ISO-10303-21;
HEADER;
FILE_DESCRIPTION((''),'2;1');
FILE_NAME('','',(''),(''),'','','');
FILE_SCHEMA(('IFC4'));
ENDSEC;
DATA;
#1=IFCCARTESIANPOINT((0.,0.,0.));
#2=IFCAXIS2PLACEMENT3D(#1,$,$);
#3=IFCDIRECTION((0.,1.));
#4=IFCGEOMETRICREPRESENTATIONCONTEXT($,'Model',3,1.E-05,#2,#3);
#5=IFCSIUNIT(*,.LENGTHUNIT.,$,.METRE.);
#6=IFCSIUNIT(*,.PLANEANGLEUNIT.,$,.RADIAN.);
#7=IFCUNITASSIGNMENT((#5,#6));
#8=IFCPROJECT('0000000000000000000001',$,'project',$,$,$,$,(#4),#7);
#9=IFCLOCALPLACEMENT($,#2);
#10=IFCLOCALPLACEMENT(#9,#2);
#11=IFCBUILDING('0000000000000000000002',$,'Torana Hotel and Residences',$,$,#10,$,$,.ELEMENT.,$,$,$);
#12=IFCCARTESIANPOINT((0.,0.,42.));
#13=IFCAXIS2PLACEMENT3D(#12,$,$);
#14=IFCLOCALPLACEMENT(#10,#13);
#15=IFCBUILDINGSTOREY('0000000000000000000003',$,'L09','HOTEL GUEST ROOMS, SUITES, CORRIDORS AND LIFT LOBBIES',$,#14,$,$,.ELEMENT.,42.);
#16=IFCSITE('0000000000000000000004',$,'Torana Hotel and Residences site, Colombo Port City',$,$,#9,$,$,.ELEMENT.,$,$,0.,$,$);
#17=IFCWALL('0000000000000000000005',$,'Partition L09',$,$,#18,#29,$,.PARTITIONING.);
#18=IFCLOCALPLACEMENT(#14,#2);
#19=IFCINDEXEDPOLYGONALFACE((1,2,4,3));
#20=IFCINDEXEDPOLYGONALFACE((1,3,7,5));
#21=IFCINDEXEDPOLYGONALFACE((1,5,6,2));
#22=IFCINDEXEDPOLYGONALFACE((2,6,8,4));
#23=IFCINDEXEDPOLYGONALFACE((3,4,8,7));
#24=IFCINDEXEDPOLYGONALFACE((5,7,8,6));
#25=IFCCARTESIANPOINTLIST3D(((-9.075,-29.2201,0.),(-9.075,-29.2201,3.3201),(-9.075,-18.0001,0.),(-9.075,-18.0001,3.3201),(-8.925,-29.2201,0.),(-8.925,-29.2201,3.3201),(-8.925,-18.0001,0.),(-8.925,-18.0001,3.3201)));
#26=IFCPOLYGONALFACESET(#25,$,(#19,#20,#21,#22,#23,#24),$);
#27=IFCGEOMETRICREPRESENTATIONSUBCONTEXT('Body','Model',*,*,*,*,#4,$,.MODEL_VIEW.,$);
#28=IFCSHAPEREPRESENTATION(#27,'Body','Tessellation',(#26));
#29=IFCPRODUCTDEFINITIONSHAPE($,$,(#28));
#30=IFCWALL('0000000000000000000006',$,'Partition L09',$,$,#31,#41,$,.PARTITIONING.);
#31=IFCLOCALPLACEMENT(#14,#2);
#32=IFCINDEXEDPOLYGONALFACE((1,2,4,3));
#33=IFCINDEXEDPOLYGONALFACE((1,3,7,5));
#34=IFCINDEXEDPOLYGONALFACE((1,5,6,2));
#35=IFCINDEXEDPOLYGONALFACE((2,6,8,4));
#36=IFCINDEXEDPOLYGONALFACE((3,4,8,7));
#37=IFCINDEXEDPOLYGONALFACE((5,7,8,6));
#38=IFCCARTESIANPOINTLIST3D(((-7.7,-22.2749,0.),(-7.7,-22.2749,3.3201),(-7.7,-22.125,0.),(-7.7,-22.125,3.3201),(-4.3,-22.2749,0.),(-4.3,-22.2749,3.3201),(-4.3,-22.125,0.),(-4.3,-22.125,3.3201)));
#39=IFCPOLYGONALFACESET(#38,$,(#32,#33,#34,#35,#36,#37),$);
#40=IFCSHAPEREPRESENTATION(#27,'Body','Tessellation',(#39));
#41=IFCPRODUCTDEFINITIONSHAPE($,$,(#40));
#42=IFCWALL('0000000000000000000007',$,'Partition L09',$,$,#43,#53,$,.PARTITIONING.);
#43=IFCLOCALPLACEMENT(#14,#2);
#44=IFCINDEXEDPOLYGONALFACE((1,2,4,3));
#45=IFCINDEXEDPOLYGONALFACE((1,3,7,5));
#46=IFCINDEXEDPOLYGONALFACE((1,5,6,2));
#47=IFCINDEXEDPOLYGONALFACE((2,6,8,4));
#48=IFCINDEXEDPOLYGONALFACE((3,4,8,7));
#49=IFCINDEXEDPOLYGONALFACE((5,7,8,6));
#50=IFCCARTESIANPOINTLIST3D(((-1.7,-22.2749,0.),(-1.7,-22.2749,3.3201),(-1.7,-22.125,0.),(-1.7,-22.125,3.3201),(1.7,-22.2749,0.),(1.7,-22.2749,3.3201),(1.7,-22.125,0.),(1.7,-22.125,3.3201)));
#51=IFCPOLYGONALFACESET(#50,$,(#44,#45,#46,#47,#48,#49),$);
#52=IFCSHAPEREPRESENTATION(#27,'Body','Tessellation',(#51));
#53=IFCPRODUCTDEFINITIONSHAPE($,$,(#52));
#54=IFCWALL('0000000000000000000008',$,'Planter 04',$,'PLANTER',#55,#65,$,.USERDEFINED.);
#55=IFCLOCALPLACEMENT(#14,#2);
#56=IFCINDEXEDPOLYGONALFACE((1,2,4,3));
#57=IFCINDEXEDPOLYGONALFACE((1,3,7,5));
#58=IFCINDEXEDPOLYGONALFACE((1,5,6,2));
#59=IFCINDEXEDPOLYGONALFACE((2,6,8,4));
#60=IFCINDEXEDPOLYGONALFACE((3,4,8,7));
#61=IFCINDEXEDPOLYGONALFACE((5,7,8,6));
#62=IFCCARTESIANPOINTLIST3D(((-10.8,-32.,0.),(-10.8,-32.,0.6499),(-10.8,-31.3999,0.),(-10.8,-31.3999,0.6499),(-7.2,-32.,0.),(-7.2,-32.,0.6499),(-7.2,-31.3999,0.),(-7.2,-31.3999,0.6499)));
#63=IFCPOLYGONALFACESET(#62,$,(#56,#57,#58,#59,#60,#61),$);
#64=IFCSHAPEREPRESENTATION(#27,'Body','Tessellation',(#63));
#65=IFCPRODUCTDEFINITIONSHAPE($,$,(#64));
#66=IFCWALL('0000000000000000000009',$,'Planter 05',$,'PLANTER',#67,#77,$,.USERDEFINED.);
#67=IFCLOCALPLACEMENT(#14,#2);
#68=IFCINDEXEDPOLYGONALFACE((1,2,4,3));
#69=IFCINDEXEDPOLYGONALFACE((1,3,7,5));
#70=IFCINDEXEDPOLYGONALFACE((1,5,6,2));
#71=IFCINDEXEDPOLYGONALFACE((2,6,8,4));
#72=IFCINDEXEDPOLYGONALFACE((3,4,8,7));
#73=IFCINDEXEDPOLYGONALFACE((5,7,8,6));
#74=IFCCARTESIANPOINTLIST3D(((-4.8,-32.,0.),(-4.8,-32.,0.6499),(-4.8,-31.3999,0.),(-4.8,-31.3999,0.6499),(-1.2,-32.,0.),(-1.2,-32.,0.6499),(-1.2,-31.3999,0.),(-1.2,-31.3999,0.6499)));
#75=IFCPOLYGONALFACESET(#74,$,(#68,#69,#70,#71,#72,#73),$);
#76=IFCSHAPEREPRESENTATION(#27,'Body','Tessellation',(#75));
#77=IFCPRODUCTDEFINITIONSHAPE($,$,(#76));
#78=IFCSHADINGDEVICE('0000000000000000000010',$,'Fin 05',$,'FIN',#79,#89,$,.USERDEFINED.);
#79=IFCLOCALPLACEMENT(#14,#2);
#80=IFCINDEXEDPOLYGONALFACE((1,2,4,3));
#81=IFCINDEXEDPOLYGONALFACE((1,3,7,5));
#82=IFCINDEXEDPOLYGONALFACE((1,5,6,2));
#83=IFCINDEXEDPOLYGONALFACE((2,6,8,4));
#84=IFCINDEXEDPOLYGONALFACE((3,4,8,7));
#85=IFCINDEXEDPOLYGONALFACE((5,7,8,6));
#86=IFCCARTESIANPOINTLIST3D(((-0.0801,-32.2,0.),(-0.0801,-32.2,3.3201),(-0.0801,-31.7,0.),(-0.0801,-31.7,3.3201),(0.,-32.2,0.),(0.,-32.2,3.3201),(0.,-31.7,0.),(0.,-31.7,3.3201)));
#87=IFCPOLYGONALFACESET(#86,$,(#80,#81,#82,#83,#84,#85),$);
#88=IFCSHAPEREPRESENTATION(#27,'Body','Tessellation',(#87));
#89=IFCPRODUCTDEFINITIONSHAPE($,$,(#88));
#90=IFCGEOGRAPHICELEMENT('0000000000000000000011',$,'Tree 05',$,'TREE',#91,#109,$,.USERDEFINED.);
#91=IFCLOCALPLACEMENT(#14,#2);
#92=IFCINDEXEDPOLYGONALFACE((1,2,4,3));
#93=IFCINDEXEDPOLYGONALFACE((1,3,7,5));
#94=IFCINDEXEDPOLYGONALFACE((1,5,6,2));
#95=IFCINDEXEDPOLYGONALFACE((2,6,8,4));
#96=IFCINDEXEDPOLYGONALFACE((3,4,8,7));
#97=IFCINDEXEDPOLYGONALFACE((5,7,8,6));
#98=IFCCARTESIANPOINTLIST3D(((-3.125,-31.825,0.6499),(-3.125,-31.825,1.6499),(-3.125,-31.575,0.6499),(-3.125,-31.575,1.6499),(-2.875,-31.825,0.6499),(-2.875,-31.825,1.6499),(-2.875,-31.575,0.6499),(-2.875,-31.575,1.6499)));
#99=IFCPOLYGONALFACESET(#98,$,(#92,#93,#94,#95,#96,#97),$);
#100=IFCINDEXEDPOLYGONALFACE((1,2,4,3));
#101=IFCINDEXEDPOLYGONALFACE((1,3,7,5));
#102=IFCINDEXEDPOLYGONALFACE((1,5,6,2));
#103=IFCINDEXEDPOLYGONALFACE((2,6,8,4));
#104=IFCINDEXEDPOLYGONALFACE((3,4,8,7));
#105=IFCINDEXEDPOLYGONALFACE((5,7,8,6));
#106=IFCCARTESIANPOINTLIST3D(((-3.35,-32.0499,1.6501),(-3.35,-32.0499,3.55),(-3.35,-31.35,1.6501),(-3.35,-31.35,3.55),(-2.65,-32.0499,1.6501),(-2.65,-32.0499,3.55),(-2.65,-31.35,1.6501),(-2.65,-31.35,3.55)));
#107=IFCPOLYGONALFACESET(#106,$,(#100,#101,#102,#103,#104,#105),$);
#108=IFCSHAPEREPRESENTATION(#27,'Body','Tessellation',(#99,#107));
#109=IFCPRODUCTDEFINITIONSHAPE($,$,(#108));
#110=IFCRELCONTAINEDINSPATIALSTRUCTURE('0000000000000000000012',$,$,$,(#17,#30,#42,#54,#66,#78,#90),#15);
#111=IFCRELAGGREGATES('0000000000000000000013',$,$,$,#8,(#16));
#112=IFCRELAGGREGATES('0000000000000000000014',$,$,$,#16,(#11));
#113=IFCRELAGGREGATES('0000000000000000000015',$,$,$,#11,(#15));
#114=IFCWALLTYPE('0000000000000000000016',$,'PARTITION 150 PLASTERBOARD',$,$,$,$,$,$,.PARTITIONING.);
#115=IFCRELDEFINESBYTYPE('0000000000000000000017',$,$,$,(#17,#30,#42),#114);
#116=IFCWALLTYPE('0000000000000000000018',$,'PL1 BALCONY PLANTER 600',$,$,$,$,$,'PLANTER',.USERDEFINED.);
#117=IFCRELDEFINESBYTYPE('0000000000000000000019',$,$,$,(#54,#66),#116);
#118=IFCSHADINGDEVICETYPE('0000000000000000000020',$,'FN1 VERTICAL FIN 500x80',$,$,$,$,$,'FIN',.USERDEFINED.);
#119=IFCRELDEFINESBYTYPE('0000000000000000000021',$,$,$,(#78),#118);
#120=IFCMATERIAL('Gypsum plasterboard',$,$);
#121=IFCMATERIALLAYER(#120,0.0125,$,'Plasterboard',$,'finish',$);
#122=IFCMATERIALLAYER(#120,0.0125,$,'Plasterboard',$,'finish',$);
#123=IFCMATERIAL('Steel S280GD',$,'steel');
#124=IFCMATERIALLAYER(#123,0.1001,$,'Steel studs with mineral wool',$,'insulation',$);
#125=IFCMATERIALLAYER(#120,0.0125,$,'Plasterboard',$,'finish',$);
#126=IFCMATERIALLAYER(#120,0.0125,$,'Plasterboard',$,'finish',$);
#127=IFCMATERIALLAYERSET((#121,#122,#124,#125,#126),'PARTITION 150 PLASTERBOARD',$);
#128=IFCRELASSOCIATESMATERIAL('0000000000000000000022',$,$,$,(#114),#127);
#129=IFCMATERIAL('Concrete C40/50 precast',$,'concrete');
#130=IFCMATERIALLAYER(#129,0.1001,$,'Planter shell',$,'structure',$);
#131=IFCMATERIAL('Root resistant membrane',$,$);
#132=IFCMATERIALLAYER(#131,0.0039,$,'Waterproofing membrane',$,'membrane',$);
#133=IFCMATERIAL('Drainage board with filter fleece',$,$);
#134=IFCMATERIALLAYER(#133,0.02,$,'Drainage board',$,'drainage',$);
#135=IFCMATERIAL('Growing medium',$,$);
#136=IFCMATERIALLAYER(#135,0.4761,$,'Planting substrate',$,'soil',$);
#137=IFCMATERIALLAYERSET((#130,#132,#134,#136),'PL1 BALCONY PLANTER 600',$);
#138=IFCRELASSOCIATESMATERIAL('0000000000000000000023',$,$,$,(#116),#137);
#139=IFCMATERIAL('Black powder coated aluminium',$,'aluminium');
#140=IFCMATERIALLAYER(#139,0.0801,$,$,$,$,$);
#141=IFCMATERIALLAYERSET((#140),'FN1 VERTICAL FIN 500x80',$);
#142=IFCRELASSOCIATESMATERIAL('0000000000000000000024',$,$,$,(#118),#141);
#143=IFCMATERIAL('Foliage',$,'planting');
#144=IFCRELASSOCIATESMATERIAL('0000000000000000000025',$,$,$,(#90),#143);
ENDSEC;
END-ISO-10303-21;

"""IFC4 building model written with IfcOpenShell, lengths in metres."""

from ifc_helpers import new_model, si_unit, direction, frame, frame_2d, origin, origin_2d, place, context, subcontext, project, spatial, rectangle, extrude, material, layer, layer_set, type_object, element, save


model = new_model("IFC4")

# Units and contexts
model_context = context("Model", 3, precision=1e-05, world=origin(), true_north=direction((0.0, 1.0)))
body_context = subcontext(model_context, "Body", "Model", "MODEL_VIEW")
ifc_project = project(units=[si_unit("LENGTHUNIT", "METRE"), si_unit("PLANEANGLEUNIT", "RADIAN")], contexts=[model_context])

# Site, building, storey
site_placement = place(None, origin())
site = spatial("IfcSite", under=ifc_project, at=site_placement, Name="Torana Hotel and Residences site, Colombo Port City", CompositionType="ELEMENT", RefElevation=0.0)
building_placement = place(site_placement, origin())
building = spatial("IfcBuilding", under=site, at=building_placement, Name="Torana Hotel and Residences", CompositionType="ELEMENT")
storey_placement = place(building_placement, frame((0.0, 0.0, 42.0)))
storey = spatial("IfcBuildingStorey", under=building, at=storey_placement, Name="L09", Description="HOTEL GUEST ROOMS, SUITES, CORRIDORS AND LIFT LOBBIES", CompositionType="ELEMENT", Elevation=42.0)

# Shared definitions
ifc_material_1 = material(Name="Gypsum plasterboard")
ifc_layer_1 = layer(ifc_material_1, 0.0125, Name="Plasterboard", Category="finish")
ifc_layer_2 = layer(ifc_material_1, 0.0125, Name="Plasterboard", Category="finish")
ifc_material_2 = material(Name="Steel S280GD", Category="steel")
ifc_layer_3 = layer(ifc_material_2, 0.1001, Name="Steel studs with mineral wool", Category="insulation")
ifc_layer_4 = layer(ifc_material_1, 0.0125, Name="Plasterboard", Category="finish")
ifc_layer_5 = layer(ifc_material_1, 0.0125, Name="Plasterboard", Category="finish")
ifc_layer_set_1 = layer_set([ifc_layer_1, ifc_layer_2, ifc_layer_3, ifc_layer_4, ifc_layer_5], Name="PARTITION 150 PLASTERBOARD")
wall_type_1 = type_object("IfcWallType", Name="PARTITION 150 PLASTERBOARD", PredefinedType="PARTITIONING", material=ifc_layer_set_1)

# Walls
wall_1_placement = place(storey_placement, frame((-9.0, -29.22, 0.0), z_axis=(0.0, 0.0, 1.0), x_axis=(0.0, 1.0, 0.0)))
element("IfcWall", 1, at=wall_1_placement, inside=storey, type_object=wall_type_1, Name="Partition L09", PredefinedType="PARTITIONING", context=body_context, shape_type="SweptSolid", body=[
    extrude(rectangle(XDim=11.22, YDim=0.1499, at=frame_2d((5.6099, 0.0))), origin(), (0.0, 0.0, 1.0), 3.3201),
])
for number, where, z_axis, x_axis, name in (
    (2, (-7.7, -22.2, 0.0), (0.0, 0.0, 1.0), (1.0, 0.0, 0.0), "Partition L09"),
    (3, (-1.7, -22.2, 0.0), (0.0, 0.0, 1.0), (1.0, 0.0, 0.0), "Partition L09"),
):
    element("IfcWall", number, at=place(storey_placement, frame(where, z_axis=z_axis, x_axis=x_axis)), inside=storey, type_object=wall_type_1, Name=name, PredefinedType="PARTITIONING", context=body_context, shape_type="SweptSolid", body=[
        extrude(rectangle(XDim=3.3999, YDim=0.1499, at=frame_2d((1.7, 0.0))), origin(), (0.0, 0.0, 1.0), 3.3201),
    ])
ifc_material_3 = material(Name="Concrete C40/50 precast", Category="concrete")
ifc_layer_6 = layer(ifc_material_3, 0.1001, Name="Planter shell", Category="structure")
ifc_material_4 = material(Name="Root resistant membrane")
ifc_layer_7 = layer(ifc_material_4, 0.0039, Name="Waterproofing membrane", Category="membrane")
ifc_material_5 = material(Name="Drainage board with filter fleece")
ifc_layer_8 = layer(ifc_material_5, 0.02, Name="Drainage board", Category="drainage")
ifc_material_6 = material(Name="Growing medium")
ifc_layer_9 = layer(ifc_material_6, 0.4761, Name="Planting substrate", Category="soil")
ifc_layer_set_2 = layer_set([ifc_layer_6, ifc_layer_7, ifc_layer_8, ifc_layer_9], Name="PL1 BALCONY PLANTER 600")
wall_type_2 = type_object("IfcWallType", Name="PL1 BALCONY PLANTER 600", ElementType="PLANTER", PredefinedType="USERDEFINED", material=ifc_layer_set_2)
for number, where, z_axis, x_axis, name in (
    (4, (-7.2, -31.7, 0.0), (0.0, 0.0, 1.0), (-1.0, 0.0, 0.0), "Planter 04"),
    (5, (-1.2, -31.7, 0.0), (0.0, 0.0, 1.0), (-1.0, 0.0, 0.0), "Planter 05"),
):
    element("IfcWall", number, at=place(storey_placement, frame(where, z_axis=z_axis, x_axis=x_axis)), inside=storey, type_object=wall_type_2, Name=name, ObjectType="PLANTER", PredefinedType="USERDEFINED", context=body_context, shape_type="SweptSolid", body=[
        extrude(rectangle(XDim=3.6001, YDim=0.6001, at=frame_2d((1.8, 0.0))), origin(), (0.0, 0.0, 1.0), 0.6499),
    ])

# Shading device
ifc_material_7 = material(Name="Black powder coated aluminium", Category="aluminium")
ifc_layer_10 = layer(ifc_material_7, 0.0801)
ifc_layer_set_3 = layer_set([ifc_layer_10], Name="FN1 VERTICAL FIN 500x80")
shading_device_type = type_object("IfcShadingDeviceType", Name="FN1 VERTICAL FIN 500x80", ElementType="FIN", PredefinedType="USERDEFINED", material=ifc_layer_set_3)
shading_device_placement = place(storey_placement, frame((-0.04, -31.95, 0.0), z_axis=(0.0, 0.0, 1.0), x_axis=(-1.0, 0.0, 0.0)))
element("IfcShadingDevice", 6, at=shading_device_placement, inside=storey, type_object=shading_device_type, Name="Fin 05", ObjectType="FIN", PredefinedType="USERDEFINED", context=body_context, shape_type="SweptSolid", body=[
    extrude(rectangle(XDim=0.0801, YDim=0.5, at=origin_2d()), origin(), (0.0, 0.0, 1.0), 3.3201),
])

# Geographic element
ifc_material_8 = material(Name="Foliage", Category="planting")
geographic_element_placement = place(storey_placement, frame((-3.0, -31.7, 0.6499), z_axis=(0.0, 0.0, 1.0), x_axis=(1.0, 0.0, 0.0)))
element("IfcGeographicElement", 7, at=geographic_element_placement, inside=storey, material=ifc_material_8, Name="Tree 05", ObjectType="TREE", PredefinedType="USERDEFINED", context=body_context, shape_type="SweptSolid", body=[
    extrude(rectangle(XDim=0.25, YDim=0.25, at=origin_2d()), origin(), (0.0, 0.0, 1.0), 1.0),
    extrude(rectangle(XDim=0.7, YDim=0.7, at=origin_2d()), frame((0.0, 0.0, 1.0002)), (0.0, 0.0, 1.0), 1.8999),
])

save(model, "model.ifc")
